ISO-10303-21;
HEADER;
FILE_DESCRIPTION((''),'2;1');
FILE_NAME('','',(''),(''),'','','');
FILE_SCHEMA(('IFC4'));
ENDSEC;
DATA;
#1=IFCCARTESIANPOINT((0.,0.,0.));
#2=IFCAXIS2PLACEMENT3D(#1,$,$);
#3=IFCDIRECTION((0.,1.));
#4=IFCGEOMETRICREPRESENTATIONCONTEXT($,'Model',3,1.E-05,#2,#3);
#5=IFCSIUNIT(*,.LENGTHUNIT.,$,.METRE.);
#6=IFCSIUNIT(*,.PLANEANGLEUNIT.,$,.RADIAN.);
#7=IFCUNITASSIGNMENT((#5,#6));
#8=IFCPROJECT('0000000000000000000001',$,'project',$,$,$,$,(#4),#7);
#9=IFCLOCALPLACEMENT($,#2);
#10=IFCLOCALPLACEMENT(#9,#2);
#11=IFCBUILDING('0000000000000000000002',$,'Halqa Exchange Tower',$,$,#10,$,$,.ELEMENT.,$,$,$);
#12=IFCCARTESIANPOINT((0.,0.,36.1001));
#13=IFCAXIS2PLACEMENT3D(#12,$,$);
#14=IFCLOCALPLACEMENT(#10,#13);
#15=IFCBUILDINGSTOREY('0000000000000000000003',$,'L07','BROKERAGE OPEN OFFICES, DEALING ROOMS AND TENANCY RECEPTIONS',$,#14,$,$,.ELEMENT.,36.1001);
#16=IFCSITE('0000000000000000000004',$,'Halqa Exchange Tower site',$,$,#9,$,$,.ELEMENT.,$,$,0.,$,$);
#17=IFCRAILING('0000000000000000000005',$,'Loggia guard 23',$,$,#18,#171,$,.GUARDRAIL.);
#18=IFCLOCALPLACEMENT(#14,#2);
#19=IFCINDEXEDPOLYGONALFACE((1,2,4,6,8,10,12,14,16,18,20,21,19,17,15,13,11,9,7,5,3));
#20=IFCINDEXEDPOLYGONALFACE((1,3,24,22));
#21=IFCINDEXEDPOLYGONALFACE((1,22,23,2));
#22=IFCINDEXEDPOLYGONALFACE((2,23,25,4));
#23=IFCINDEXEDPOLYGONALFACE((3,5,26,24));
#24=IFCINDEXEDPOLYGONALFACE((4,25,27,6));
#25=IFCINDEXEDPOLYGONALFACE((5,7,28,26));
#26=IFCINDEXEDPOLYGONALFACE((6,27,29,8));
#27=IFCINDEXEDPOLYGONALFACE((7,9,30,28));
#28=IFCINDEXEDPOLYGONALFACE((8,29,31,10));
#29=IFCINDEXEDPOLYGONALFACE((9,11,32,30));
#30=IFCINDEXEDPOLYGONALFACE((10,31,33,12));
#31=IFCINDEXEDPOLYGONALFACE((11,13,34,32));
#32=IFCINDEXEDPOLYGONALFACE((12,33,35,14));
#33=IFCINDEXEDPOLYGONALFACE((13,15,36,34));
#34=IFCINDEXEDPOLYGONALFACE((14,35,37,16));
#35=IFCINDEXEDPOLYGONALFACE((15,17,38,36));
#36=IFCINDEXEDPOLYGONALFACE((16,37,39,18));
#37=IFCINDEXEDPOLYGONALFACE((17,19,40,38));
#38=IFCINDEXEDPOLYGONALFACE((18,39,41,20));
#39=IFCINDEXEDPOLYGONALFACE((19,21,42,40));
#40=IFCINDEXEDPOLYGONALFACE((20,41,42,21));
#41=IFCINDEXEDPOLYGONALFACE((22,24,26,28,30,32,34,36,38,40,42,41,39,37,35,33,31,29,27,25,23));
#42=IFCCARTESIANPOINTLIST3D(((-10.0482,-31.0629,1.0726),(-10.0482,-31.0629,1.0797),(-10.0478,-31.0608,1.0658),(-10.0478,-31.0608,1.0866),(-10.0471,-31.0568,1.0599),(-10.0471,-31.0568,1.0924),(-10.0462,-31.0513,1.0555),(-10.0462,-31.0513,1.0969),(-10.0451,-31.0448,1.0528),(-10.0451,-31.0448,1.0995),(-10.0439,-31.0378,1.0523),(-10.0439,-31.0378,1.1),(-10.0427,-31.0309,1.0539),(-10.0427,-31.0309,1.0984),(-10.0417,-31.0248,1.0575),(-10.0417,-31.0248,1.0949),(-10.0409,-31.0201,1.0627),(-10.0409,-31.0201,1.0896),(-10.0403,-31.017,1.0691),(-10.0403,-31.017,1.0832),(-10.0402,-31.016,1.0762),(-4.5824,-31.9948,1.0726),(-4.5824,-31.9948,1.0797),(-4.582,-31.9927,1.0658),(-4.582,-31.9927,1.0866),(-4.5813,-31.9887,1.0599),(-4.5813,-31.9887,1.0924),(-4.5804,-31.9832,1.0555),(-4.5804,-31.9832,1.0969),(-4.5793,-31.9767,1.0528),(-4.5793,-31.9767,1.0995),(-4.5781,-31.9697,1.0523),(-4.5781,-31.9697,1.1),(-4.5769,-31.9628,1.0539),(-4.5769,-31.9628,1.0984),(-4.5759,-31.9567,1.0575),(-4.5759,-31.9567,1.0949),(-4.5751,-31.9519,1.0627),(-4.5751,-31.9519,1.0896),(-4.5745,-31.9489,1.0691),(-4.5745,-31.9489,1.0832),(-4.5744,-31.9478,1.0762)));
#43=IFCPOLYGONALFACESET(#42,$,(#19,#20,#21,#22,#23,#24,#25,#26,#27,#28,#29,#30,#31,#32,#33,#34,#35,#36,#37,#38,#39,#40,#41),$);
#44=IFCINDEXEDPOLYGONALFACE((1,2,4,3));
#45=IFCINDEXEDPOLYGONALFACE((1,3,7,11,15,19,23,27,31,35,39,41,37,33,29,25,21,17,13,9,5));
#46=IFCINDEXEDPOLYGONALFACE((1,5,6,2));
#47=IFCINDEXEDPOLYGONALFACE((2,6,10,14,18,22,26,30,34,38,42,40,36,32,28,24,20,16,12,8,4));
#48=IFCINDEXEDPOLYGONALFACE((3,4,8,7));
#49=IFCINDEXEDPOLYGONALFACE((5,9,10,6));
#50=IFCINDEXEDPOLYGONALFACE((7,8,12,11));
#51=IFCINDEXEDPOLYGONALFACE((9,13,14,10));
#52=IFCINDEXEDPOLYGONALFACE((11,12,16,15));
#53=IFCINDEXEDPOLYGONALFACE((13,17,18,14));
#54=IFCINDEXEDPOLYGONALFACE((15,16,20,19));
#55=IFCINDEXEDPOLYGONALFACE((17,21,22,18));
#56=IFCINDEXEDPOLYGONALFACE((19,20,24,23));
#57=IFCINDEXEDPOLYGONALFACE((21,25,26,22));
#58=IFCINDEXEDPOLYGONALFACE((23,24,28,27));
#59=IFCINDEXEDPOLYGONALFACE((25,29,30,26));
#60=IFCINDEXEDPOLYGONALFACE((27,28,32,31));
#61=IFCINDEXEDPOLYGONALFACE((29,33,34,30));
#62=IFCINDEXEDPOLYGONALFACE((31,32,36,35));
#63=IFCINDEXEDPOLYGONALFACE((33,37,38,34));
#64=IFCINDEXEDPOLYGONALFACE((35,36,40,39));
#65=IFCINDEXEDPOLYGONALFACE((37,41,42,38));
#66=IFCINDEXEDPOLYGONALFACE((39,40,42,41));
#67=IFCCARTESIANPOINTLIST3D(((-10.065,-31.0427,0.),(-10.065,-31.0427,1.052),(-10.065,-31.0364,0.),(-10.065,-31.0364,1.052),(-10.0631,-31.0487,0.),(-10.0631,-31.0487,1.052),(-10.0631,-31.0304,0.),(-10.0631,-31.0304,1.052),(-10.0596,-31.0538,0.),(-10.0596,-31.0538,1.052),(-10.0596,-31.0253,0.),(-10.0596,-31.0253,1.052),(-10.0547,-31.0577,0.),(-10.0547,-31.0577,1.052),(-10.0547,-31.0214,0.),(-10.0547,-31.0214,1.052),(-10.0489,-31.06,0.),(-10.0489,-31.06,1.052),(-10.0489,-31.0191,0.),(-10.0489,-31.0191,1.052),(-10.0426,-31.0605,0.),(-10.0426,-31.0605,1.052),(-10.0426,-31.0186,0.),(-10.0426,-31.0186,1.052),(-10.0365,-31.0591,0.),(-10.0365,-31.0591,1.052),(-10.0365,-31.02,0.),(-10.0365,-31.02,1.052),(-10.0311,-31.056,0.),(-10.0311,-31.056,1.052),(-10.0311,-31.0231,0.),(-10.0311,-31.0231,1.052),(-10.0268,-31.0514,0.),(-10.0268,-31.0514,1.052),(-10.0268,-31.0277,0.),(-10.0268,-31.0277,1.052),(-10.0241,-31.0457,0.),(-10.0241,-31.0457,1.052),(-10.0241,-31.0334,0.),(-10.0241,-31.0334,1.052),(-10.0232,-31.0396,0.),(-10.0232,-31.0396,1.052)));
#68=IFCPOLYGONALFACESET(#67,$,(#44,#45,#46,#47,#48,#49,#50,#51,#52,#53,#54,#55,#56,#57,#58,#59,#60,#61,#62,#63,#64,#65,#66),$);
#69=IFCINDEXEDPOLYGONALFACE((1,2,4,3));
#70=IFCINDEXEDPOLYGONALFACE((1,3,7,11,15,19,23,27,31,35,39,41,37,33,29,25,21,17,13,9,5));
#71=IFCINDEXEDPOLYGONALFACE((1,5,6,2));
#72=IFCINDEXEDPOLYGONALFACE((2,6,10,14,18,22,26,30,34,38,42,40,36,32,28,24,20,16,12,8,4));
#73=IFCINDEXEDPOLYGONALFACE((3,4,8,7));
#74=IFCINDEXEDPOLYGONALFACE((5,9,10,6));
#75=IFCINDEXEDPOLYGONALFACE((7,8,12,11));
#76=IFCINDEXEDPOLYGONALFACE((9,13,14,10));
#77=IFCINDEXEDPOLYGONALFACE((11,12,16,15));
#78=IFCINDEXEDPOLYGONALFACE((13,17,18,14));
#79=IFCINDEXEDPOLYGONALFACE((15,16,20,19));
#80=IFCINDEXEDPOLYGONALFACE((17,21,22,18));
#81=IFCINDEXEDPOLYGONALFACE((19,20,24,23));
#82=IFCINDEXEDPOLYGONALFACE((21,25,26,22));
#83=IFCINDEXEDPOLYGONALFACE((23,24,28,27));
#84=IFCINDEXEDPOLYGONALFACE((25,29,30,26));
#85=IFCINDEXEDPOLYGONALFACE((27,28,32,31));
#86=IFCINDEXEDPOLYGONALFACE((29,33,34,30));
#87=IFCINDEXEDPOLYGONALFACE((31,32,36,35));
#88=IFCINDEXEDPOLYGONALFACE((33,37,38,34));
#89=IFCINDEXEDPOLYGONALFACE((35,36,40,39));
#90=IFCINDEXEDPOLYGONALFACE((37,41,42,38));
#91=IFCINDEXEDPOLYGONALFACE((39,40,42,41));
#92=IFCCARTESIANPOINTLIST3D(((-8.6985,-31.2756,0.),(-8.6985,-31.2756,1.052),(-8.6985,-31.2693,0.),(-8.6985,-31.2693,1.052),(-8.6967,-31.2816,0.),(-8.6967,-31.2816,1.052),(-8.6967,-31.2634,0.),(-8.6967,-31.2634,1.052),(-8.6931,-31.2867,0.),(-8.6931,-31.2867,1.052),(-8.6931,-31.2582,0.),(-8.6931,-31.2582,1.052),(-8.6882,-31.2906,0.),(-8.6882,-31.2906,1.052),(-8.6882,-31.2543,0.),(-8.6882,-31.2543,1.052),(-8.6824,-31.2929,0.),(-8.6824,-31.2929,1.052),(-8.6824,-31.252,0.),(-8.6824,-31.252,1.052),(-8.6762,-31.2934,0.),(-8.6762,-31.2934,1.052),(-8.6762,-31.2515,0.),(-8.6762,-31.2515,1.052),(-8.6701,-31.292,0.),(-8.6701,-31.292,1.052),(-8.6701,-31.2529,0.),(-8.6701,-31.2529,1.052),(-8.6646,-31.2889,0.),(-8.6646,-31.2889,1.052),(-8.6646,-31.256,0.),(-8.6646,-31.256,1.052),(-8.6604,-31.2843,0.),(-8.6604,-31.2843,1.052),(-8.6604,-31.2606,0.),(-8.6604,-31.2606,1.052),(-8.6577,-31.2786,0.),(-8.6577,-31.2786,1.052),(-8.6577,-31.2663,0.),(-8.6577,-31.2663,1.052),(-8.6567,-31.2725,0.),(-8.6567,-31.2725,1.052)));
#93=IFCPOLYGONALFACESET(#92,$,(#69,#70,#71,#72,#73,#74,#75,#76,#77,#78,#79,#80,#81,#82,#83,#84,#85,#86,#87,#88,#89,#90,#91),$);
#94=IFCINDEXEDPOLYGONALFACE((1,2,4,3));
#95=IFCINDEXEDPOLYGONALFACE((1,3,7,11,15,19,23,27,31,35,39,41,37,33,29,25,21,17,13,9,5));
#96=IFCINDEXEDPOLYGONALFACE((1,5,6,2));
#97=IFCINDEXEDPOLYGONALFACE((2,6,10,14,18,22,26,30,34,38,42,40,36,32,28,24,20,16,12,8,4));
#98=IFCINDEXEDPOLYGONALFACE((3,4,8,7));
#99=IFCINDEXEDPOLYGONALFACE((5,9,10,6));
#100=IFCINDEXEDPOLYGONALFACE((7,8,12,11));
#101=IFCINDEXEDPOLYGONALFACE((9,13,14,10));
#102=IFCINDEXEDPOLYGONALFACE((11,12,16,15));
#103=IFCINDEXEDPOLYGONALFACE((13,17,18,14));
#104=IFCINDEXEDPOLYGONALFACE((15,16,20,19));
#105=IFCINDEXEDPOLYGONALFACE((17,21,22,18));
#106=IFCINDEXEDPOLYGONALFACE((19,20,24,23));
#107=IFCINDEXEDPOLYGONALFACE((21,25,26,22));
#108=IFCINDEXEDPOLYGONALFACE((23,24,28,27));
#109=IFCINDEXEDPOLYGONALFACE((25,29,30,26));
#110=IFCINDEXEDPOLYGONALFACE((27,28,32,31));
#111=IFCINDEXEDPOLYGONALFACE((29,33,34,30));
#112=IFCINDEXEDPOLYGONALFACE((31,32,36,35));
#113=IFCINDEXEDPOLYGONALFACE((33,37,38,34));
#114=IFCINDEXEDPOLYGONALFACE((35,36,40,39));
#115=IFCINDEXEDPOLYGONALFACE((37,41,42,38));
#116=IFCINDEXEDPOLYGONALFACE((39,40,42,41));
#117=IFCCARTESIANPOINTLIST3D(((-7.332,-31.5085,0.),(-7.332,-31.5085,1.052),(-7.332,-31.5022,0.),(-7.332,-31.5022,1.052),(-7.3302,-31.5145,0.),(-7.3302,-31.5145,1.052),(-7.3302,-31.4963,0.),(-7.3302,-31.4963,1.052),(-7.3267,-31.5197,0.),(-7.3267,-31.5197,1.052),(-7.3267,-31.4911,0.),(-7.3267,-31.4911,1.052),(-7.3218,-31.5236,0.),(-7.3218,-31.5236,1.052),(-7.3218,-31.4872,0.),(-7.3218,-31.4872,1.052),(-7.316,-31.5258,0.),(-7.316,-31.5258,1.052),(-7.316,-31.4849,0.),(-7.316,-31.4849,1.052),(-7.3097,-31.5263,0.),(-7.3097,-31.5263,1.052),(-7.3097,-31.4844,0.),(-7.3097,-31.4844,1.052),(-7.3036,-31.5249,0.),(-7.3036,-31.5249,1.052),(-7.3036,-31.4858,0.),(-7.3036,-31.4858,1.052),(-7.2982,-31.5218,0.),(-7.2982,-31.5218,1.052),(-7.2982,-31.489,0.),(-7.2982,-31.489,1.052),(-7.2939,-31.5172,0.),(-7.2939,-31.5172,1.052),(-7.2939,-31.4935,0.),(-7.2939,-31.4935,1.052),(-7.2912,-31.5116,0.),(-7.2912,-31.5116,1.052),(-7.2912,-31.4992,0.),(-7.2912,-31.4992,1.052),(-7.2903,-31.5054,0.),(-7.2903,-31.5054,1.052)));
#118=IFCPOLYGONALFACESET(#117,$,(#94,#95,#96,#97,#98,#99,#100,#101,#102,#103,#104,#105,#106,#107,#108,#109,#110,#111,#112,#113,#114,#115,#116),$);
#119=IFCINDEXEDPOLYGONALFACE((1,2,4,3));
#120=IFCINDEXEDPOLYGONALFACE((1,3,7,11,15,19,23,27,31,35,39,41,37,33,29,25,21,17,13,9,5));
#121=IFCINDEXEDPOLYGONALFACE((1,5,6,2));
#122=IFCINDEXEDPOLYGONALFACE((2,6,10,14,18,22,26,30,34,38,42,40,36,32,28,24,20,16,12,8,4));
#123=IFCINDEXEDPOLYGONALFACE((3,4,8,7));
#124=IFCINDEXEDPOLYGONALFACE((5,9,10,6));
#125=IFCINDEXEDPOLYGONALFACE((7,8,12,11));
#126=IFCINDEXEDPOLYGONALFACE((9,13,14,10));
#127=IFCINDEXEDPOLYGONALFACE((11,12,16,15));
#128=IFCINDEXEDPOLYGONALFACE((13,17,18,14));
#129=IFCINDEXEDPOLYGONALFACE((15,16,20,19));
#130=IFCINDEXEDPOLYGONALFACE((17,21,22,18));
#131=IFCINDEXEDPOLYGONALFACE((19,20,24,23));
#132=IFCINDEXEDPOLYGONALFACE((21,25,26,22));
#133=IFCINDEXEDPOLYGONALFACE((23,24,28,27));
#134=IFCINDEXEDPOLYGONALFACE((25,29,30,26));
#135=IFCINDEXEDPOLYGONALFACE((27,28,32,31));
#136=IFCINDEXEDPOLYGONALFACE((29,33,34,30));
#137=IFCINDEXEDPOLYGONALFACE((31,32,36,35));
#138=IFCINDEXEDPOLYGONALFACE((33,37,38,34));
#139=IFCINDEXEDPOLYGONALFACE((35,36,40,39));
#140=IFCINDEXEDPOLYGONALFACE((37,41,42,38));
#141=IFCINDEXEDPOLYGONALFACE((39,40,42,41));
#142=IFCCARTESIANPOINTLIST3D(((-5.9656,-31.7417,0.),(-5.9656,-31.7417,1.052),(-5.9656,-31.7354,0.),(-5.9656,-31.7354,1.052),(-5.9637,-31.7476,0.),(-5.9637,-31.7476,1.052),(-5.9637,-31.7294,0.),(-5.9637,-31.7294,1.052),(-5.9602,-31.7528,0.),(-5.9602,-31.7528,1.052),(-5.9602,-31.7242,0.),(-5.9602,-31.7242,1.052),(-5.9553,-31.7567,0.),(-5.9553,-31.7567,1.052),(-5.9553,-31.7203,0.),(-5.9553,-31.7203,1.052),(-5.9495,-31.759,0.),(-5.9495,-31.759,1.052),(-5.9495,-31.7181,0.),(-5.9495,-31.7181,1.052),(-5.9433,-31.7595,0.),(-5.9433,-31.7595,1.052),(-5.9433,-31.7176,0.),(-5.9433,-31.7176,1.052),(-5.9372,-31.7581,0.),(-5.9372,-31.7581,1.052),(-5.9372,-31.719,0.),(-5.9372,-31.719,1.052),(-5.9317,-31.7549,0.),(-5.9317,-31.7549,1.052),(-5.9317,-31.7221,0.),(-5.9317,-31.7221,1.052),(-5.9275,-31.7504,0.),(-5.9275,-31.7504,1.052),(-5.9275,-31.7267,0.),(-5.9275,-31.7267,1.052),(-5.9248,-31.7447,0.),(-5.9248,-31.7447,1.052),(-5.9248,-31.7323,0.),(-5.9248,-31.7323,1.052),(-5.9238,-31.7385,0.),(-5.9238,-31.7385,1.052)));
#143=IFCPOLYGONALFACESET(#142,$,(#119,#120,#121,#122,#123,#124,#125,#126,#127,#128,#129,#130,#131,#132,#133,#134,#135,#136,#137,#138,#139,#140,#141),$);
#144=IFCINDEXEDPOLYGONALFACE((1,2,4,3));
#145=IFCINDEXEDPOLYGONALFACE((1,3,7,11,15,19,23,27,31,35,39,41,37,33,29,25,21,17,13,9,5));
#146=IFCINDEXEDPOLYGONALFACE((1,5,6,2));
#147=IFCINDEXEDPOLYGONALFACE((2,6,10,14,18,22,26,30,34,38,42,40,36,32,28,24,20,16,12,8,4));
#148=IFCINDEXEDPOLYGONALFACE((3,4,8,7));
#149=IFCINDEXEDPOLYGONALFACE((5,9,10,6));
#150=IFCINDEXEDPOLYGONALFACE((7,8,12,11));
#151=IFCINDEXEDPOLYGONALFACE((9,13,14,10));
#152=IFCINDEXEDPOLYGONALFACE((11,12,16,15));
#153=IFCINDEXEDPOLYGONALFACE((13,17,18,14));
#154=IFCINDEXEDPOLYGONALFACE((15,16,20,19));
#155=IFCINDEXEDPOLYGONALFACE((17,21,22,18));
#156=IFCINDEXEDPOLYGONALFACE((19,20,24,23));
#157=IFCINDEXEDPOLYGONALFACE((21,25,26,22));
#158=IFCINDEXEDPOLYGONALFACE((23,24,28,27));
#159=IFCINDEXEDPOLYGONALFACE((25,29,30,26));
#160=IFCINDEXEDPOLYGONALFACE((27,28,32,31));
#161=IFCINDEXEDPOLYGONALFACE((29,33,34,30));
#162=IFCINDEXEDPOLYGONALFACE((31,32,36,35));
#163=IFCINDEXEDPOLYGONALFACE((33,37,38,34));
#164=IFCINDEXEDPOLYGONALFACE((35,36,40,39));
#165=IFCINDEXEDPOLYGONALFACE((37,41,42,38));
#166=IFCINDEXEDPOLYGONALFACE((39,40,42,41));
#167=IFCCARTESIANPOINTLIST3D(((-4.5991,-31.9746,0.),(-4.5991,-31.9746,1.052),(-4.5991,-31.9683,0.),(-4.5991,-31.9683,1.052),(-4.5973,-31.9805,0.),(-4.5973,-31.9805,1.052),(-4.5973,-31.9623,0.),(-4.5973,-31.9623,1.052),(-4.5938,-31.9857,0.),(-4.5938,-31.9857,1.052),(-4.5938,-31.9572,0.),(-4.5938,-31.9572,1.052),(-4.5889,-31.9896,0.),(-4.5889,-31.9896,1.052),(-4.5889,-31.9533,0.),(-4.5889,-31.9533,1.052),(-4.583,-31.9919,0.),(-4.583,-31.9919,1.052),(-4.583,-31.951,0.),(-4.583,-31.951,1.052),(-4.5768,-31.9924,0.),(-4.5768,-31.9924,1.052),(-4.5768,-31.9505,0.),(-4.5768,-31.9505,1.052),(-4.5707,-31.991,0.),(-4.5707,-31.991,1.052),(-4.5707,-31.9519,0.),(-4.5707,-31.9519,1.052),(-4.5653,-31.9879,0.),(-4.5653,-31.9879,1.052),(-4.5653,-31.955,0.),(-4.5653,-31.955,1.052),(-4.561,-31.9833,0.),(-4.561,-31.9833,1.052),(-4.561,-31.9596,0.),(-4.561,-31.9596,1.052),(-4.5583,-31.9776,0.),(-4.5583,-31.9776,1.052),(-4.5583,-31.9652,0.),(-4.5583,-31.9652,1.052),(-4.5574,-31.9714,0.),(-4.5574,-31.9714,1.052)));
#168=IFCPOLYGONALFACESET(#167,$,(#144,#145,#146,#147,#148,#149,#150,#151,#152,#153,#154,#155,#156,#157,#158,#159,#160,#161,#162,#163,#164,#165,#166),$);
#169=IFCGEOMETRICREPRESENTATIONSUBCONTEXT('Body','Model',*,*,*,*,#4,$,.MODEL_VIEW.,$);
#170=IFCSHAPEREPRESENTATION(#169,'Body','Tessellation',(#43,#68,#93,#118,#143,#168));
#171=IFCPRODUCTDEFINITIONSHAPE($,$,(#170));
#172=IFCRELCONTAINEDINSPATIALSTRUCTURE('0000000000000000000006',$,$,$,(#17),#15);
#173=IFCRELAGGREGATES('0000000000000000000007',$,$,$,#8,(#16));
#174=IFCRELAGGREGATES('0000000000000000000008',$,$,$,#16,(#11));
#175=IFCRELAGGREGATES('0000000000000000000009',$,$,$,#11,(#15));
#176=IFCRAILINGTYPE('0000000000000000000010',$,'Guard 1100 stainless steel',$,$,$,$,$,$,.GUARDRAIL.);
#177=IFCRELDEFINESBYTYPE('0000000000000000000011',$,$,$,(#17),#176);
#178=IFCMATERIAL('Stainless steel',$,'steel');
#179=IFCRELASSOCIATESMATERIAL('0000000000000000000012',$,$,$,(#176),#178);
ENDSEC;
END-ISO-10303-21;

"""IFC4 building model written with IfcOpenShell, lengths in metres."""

from ifc_helpers import new_model, si_unit, direction, frame, origin, origin_2d, place, context, subcontext, project, spatial, circle, extrude, material, type_object, element, save


model = new_model("IFC4")

# Units and contexts
model_context = context("Model", 3, precision=1e-05, world=origin(), true_north=direction((0.0, 1.0)))
body_context = subcontext(model_context, "Body", "Model", "MODEL_VIEW")
ifc_project = project(units=[si_unit("LENGTHUNIT", "METRE"), si_unit("PLANEANGLEUNIT", "RADIAN")], contexts=[model_context])

# Site, building, storey
site_placement = place(None, origin())
site = spatial("IfcSite", under=ifc_project, at=site_placement, Name="Halqa Exchange Tower site", CompositionType="ELEMENT", RefElevation=0.0)
building_placement = place(site_placement, origin())
building = spatial("IfcBuilding", under=site, at=building_placement, Name="Halqa Exchange Tower", CompositionType="ELEMENT")
storey_placement = place(building_placement, frame((0.0, 0.0, 36.1001)))
storey = spatial("IfcBuildingStorey", under=building, at=storey_placement, Name="L07", Description="BROKERAGE OPEN OFFICES, DEALING ROOMS AND TENANCY RECEPTIONS", CompositionType="ELEMENT", Elevation=36.1001)

# Railing
ifc_material_1 = material(Name="Stainless steel", Category="steel")
railing_type = type_object("IfcRailingType", Name="Guard 1100 stainless steel", PredefinedType="GUARDRAIL", material=ifc_material_1)
railing_1_placement = place(storey_placement, frame((-10.0442, -31.0396, 0.0)))
element("IfcRailing", 1, at=railing_1_placement, inside=storey, type_object=railing_type, Name="Loggia guard 23", PredefinedType="GUARDRAIL", context=body_context, shape_type="SweptSolid", body=[
    extrude(circle(Radius=0.0239, at=origin_2d()), frame((0.0, 0.0, 1.0762), z_axis=(0.985775, -0.168068, 0.0), x_axis=(0.168068, 0.985775, 0.0)), (0.0, 0.0, 1.0), 5.5447),
    extrude(circle(Radius=0.021, at=origin_2d()), origin(), (0.0, 0.0, 1.0), 1.052),
    extrude(circle(Radius=0.021, at=origin_2d()), frame((1.3665, -0.2329, 0.0)), (0.0, 0.0, 1.0), 1.052),
    extrude(circle(Radius=0.021, at=origin_2d()), frame((2.7329, -0.4658, 0.0)), (0.0, 0.0, 1.0), 1.052),
    extrude(circle(Radius=0.021, at=origin_2d()), frame((4.0994, -0.699, 0.0)), (0.0, 0.0, 1.0), 1.052),
    extrude(circle(Radius=0.021, at=origin_2d()), frame((5.4658, -0.9319, 0.0)), (0.0, 0.0, 1.0), 1.052),
])

save(model, "model.ifc")
